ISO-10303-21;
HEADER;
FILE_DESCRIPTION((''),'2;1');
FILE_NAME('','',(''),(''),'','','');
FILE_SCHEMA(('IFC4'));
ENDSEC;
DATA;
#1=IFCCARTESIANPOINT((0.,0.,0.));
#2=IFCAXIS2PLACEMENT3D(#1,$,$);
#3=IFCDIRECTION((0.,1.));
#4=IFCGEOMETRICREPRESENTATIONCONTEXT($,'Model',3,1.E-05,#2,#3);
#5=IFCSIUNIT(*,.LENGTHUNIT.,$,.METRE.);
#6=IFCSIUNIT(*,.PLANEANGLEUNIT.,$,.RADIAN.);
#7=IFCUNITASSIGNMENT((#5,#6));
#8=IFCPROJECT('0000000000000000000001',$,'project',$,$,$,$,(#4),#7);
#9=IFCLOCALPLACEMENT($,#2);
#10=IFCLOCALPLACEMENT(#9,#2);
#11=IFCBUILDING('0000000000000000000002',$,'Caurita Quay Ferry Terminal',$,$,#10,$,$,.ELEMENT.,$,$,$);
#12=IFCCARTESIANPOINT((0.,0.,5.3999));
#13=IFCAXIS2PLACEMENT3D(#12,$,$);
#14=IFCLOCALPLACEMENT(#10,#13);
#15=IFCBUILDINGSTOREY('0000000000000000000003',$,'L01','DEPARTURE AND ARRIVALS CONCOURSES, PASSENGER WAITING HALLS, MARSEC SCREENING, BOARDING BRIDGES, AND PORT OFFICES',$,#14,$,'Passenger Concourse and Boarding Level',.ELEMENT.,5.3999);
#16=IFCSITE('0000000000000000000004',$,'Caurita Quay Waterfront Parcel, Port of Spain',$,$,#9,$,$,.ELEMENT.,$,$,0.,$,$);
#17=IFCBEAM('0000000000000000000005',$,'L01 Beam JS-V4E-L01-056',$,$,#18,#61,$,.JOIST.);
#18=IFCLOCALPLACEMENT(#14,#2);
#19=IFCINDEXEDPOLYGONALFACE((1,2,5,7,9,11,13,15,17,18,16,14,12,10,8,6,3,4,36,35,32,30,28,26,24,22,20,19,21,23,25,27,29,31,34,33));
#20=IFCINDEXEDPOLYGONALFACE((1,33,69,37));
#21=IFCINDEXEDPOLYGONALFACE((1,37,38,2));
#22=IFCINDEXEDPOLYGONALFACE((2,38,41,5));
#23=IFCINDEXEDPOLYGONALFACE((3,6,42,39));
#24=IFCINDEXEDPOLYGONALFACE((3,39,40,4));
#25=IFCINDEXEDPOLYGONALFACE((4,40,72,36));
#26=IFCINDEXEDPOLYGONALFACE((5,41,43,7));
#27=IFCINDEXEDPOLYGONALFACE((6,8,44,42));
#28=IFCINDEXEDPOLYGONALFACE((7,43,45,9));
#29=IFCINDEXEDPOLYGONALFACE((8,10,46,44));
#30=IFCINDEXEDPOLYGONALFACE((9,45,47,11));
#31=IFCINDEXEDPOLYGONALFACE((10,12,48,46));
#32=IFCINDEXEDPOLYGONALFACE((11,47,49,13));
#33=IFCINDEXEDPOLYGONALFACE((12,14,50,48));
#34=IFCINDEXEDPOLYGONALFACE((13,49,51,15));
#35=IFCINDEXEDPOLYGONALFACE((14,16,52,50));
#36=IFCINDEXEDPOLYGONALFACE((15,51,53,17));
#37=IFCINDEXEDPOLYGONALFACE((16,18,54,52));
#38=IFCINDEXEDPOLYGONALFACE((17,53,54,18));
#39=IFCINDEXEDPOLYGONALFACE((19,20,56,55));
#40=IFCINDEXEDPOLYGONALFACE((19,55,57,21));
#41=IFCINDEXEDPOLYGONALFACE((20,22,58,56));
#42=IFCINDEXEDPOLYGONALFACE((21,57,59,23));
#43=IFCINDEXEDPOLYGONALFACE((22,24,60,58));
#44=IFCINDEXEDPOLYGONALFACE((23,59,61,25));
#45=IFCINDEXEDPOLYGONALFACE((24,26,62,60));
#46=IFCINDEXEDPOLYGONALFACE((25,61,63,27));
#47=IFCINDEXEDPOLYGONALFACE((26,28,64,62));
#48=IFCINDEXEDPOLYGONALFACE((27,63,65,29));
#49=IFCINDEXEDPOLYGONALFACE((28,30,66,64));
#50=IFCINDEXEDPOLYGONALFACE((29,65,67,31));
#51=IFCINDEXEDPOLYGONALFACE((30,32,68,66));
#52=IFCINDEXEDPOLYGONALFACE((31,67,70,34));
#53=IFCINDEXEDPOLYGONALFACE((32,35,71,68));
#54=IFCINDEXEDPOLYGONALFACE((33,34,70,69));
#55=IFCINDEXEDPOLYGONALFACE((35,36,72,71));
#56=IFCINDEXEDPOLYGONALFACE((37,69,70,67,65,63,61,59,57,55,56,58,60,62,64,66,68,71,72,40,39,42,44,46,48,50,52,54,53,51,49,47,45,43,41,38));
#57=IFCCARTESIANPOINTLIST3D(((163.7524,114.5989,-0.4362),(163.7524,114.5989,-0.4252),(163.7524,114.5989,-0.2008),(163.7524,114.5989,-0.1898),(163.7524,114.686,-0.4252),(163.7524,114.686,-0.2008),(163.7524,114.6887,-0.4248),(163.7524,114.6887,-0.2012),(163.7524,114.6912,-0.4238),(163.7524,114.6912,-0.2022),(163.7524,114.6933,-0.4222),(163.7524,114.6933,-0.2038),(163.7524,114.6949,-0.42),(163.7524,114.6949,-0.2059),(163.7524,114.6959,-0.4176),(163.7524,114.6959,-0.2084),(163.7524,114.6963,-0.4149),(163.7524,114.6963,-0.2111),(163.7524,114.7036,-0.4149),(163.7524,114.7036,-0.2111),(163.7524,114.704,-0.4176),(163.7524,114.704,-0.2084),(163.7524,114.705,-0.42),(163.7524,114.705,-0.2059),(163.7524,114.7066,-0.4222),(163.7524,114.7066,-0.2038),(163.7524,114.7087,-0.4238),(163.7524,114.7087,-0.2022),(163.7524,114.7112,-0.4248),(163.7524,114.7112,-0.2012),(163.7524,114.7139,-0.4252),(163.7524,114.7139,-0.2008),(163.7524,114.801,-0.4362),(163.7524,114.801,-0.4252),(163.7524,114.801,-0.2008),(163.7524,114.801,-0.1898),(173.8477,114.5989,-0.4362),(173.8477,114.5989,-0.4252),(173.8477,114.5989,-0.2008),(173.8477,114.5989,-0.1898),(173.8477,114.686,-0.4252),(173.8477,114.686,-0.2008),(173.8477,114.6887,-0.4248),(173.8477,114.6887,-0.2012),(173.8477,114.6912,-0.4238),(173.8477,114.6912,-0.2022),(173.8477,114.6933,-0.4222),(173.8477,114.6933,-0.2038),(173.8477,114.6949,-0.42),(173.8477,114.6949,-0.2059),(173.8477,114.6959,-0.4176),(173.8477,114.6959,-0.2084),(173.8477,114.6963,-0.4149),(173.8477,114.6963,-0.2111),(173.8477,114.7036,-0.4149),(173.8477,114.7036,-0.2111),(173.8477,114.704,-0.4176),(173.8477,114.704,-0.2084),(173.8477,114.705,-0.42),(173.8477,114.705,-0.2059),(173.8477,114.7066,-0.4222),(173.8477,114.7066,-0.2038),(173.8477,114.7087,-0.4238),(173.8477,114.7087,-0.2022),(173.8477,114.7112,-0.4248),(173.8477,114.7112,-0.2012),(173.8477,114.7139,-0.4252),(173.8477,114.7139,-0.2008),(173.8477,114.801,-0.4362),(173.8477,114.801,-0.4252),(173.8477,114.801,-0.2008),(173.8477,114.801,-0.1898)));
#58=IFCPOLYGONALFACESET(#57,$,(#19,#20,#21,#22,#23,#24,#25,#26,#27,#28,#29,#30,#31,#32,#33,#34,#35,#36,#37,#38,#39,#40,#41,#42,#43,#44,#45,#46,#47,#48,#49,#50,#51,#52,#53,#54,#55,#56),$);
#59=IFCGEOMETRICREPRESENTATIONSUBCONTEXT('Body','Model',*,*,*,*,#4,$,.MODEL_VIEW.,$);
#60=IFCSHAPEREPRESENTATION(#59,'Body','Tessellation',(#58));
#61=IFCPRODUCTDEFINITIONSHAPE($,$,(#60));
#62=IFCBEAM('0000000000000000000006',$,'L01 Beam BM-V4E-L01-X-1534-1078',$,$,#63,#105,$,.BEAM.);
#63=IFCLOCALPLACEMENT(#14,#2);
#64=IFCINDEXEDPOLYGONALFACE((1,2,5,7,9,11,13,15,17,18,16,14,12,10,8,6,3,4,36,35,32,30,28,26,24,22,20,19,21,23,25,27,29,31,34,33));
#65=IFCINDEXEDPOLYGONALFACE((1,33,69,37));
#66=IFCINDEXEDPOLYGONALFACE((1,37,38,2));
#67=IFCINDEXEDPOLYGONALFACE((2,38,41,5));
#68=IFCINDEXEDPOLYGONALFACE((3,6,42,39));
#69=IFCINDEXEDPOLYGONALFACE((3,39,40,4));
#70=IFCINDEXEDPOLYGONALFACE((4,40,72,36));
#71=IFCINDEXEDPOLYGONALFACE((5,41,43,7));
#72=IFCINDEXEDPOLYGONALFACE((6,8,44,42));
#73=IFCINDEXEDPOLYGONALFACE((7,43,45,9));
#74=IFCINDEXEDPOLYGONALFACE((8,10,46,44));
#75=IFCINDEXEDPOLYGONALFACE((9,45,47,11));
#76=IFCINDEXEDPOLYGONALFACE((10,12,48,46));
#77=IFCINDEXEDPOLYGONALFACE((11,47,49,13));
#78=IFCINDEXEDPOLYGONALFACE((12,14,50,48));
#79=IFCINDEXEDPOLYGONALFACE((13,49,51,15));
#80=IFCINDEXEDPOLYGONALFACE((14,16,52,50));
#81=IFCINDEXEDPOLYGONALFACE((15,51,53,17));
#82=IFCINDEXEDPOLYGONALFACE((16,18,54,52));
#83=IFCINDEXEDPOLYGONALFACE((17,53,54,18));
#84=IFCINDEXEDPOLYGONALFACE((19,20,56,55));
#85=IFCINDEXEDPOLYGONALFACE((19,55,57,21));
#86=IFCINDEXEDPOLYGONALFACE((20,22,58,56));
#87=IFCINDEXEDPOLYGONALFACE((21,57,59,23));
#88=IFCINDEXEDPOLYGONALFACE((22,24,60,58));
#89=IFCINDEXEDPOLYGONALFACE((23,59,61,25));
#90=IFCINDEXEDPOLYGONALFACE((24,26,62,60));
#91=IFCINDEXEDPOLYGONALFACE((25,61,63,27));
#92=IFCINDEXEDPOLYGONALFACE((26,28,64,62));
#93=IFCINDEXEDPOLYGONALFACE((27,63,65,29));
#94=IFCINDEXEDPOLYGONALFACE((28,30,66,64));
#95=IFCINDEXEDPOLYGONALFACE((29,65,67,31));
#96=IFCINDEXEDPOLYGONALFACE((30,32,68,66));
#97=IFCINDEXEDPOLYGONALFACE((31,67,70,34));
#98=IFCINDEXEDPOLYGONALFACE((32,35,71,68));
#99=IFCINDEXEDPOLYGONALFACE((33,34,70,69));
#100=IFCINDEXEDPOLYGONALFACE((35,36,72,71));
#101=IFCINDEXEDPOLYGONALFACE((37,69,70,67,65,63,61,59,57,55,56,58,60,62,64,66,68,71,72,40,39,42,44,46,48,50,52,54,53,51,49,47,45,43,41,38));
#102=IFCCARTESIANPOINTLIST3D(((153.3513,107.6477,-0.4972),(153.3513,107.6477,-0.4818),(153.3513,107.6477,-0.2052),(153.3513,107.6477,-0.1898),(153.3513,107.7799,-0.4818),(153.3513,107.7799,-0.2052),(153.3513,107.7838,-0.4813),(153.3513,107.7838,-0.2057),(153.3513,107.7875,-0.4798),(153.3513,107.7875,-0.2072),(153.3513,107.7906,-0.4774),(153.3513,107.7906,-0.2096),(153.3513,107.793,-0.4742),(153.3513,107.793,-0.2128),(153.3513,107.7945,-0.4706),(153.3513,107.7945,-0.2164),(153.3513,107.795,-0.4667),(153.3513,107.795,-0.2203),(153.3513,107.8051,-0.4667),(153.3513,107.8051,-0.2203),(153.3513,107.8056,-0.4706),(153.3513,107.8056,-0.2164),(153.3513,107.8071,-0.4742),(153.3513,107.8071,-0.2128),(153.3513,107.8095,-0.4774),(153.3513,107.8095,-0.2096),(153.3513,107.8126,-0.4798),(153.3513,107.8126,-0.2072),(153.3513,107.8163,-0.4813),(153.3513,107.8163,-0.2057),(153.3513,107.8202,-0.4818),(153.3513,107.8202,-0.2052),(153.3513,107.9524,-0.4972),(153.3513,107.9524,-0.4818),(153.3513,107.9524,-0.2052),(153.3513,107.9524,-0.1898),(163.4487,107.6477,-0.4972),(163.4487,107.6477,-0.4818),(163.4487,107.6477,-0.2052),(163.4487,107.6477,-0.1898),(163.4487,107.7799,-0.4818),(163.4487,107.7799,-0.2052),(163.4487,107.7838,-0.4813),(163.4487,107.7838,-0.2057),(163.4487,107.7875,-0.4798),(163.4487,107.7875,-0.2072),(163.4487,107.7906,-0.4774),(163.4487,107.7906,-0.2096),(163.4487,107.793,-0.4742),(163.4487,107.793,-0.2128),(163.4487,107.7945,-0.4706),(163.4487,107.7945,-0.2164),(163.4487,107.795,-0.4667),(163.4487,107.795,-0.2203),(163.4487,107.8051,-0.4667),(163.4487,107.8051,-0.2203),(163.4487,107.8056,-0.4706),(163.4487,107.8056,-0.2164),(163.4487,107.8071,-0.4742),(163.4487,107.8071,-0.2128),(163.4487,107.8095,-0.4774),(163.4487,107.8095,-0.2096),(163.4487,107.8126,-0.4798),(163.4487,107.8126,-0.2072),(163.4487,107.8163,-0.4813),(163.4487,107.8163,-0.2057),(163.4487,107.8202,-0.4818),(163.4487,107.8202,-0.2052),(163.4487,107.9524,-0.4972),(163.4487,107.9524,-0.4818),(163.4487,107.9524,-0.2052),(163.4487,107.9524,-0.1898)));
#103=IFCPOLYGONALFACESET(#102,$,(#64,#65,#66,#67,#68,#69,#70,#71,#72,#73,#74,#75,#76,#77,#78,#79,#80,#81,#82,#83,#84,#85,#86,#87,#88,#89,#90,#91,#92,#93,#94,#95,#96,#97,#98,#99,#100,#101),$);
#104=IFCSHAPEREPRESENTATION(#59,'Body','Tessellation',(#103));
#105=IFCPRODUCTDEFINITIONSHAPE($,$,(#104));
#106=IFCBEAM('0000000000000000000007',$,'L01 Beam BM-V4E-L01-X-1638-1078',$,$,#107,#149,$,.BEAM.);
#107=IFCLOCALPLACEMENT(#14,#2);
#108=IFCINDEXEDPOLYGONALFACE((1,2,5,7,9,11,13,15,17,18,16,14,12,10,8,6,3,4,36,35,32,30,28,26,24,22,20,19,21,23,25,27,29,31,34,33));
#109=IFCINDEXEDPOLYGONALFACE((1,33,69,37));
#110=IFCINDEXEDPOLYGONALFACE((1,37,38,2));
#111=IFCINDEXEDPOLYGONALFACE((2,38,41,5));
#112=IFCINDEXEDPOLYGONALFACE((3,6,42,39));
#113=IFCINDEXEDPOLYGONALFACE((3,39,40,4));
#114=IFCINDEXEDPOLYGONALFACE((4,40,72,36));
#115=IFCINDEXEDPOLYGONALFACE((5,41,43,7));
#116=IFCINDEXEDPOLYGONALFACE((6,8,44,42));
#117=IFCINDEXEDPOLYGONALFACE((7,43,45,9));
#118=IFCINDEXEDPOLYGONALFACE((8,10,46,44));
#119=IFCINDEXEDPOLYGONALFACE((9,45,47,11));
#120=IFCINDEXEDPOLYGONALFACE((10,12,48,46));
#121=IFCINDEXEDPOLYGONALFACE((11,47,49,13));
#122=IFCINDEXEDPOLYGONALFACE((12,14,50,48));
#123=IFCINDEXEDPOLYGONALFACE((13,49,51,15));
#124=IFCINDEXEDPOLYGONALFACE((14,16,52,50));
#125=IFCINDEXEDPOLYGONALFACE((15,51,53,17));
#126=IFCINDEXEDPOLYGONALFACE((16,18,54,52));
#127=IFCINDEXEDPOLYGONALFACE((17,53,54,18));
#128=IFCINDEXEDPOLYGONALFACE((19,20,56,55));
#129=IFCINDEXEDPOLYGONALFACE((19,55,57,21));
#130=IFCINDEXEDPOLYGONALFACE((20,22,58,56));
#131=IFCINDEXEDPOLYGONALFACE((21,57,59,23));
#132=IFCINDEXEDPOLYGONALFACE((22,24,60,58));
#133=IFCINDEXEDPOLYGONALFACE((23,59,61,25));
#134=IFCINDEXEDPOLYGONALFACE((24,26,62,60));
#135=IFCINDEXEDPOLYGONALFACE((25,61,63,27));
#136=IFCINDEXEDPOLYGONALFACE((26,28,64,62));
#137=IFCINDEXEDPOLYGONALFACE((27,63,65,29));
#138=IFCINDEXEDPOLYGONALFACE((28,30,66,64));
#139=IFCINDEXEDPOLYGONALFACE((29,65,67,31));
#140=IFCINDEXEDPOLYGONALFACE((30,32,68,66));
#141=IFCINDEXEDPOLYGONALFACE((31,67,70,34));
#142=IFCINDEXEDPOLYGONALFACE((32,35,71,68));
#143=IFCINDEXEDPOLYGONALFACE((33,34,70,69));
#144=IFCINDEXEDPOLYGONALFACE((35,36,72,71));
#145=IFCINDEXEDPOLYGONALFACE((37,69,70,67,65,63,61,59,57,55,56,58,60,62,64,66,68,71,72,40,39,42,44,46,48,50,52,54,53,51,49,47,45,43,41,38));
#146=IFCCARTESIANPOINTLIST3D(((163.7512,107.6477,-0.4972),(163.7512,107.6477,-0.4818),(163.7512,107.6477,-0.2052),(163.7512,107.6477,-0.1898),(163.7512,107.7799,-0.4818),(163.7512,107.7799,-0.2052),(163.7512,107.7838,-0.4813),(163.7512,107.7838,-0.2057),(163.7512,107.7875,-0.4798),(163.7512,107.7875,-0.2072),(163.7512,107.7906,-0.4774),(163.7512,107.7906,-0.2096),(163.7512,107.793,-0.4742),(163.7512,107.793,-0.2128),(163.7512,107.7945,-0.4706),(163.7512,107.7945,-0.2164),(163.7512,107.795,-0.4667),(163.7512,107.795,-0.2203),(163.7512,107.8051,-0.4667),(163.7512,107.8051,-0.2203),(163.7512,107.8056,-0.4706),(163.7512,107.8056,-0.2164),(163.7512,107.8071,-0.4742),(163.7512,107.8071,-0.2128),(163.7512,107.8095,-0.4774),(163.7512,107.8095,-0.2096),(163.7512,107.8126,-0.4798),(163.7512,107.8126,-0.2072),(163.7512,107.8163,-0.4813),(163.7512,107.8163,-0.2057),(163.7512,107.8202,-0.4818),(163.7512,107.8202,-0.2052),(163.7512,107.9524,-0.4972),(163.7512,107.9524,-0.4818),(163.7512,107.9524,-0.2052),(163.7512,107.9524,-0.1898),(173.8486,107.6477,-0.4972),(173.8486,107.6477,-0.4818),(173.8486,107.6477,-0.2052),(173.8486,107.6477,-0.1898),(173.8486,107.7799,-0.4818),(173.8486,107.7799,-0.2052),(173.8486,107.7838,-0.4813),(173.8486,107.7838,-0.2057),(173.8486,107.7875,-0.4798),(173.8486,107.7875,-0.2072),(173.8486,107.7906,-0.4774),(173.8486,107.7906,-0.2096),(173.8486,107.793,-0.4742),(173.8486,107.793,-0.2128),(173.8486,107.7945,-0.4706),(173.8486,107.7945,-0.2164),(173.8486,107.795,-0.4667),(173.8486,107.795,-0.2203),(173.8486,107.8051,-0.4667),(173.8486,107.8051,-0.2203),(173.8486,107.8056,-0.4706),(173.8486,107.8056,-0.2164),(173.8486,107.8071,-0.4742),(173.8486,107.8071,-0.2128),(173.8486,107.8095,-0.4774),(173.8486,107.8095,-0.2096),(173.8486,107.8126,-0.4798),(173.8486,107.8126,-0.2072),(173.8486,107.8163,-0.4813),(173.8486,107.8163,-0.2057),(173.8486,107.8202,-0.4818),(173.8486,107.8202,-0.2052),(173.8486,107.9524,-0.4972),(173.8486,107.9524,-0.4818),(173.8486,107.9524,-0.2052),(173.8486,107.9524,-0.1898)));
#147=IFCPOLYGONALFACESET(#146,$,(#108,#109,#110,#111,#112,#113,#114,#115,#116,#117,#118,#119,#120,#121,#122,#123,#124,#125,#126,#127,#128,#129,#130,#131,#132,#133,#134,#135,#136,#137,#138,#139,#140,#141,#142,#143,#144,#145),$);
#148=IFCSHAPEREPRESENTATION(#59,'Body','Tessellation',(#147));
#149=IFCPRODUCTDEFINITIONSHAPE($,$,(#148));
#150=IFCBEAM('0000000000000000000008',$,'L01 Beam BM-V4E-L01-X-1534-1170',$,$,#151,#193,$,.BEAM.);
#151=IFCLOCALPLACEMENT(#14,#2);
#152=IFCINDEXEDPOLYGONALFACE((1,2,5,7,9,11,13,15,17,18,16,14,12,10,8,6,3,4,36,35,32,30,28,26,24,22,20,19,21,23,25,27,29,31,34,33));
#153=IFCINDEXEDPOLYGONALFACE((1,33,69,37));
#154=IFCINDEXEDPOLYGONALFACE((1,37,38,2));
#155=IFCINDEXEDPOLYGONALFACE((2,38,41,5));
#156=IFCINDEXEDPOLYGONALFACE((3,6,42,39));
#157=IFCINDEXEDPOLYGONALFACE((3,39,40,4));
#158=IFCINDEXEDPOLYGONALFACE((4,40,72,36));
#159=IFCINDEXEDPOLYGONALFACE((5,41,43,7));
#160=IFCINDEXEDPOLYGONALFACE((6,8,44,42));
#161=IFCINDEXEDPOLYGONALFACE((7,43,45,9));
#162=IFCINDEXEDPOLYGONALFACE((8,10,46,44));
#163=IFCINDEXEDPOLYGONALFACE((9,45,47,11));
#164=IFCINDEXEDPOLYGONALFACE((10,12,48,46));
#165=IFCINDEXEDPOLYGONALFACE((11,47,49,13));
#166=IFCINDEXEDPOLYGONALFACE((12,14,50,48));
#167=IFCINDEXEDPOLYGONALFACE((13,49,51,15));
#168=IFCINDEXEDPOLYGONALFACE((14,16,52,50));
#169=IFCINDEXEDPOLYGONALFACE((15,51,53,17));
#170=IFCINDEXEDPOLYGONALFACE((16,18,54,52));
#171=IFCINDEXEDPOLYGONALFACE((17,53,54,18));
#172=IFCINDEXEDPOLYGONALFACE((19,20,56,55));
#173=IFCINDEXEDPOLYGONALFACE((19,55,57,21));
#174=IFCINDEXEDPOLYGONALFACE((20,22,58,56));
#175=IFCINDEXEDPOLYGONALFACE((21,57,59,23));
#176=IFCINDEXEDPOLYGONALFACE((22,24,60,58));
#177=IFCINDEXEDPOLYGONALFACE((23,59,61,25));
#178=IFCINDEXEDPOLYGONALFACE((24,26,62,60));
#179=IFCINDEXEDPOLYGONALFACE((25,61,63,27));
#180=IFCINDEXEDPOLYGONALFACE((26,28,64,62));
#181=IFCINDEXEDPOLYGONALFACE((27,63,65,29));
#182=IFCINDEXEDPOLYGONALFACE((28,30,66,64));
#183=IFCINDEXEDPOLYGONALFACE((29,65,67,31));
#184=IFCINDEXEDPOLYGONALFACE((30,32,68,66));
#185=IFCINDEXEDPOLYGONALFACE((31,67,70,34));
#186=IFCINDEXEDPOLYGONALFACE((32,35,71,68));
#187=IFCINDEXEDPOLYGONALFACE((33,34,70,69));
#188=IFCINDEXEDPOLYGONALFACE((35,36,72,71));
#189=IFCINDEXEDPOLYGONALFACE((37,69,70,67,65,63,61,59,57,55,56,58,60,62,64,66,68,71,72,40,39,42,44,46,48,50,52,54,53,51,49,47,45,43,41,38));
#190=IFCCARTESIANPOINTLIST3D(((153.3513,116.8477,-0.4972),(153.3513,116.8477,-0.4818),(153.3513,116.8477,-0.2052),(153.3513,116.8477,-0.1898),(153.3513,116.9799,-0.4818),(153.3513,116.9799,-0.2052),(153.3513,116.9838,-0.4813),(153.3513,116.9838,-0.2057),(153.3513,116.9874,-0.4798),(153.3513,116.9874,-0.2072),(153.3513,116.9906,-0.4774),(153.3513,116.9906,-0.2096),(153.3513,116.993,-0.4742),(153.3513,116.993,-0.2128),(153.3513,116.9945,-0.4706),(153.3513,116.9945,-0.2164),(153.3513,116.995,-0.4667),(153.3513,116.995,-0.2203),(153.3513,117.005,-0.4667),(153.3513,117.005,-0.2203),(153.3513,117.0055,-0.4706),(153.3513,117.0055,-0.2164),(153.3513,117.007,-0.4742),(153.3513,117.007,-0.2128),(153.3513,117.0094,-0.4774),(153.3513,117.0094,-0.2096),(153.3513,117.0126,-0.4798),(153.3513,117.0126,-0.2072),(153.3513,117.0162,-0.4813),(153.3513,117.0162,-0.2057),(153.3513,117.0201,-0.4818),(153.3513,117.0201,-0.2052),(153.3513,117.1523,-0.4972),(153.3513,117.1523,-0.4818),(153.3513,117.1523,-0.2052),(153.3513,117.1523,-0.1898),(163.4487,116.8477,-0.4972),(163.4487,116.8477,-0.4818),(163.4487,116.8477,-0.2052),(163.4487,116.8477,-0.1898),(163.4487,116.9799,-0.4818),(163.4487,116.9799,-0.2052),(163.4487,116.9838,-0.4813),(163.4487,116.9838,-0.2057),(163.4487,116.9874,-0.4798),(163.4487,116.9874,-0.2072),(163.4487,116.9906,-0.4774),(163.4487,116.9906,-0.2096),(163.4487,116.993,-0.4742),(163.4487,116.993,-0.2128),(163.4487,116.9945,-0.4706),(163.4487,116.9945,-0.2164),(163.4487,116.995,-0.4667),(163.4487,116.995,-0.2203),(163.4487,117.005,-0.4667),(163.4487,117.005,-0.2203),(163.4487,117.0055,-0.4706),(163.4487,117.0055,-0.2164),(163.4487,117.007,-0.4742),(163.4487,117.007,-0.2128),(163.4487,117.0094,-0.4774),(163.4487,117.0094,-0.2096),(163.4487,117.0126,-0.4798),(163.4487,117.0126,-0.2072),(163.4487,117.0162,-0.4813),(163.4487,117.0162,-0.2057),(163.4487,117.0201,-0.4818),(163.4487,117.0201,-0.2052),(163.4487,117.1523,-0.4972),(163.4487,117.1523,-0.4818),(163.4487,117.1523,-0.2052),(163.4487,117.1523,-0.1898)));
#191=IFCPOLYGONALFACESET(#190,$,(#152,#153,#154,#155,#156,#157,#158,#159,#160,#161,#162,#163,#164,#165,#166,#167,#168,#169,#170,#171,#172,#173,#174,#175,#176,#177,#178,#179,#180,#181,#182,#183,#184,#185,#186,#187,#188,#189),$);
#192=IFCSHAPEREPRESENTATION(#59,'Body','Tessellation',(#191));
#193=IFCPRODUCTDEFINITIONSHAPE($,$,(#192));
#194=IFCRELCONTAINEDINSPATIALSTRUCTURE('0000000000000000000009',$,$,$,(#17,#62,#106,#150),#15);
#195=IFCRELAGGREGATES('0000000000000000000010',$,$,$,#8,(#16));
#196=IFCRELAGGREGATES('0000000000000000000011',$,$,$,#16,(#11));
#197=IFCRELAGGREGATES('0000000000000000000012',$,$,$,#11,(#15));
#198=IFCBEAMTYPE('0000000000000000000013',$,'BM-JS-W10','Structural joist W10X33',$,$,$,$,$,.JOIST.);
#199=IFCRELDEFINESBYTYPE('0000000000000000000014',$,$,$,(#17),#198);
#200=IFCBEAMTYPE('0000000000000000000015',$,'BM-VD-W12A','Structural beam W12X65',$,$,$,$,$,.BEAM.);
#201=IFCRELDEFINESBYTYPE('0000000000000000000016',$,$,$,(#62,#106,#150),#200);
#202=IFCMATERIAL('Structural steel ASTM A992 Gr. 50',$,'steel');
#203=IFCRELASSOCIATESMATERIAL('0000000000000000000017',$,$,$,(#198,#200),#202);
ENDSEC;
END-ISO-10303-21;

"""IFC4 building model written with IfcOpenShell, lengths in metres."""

from ifc_helpers import new_model, si_unit, direction, frame, origin, origin_2d, place, context, subcontext, project, spatial, i_section, extrude, material, material_profile, profile_set, type_object, element, save


model = new_model("IFC4")

# Units and contexts
model_context = context("Model", 3, precision=1e-05, world=origin(), true_north=direction((0.0, 1.0)))
body_context = subcontext(model_context, "Body", "Model", "MODEL_VIEW")
ifc_project = project(units=[si_unit("LENGTHUNIT", "METRE"), si_unit("PLANEANGLEUNIT", "RADIAN")], contexts=[model_context])

# Site, building, storey
site_placement = place(None, origin())
site = spatial("IfcSite", under=ifc_project, at=site_placement, Name="Caurita Quay Waterfront Parcel, Port of Spain", CompositionType="ELEMENT", RefElevation=0.0)
building_placement = place(site_placement, origin())
building = spatial("IfcBuilding", under=site, at=building_placement, Name="Caurita Quay Ferry Terminal", CompositionType="ELEMENT")
storey_placement = place(building_placement, frame((0.0, 0.0, 5.3999)))
storey = spatial("IfcBuildingStorey", under=building, at=storey_placement, Name="L01", Description="DEPARTURE AND ARRIVALS CONCOURSES, PASSENGER WAITING HALLS, MARSEC SCREENING, BOARDING BRIDGES, AND PORT OFFICES", LongName="Passenger Concourse and Boarding Level", CompositionType="ELEMENT", Elevation=5.3999)

# Beams
ifc_material_1 = material(Name="Structural steel ASTM A992 Gr. 50", Category="steel")
ifc_material_profile_1 = material_profile(ifc_material_1, i_section(OverallWidth=0.2021, OverallDepth=0.2463, WebThickness=0.0073, FlangeThickness=0.011, FilletRadius=0.0103, at=origin_2d()), Name="W10X33")
ifc_profile_set_1 = profile_set([ifc_material_profile_1], Name="Structural steel ASTM A992 Gr. 50")
beam_type_1 = type_object("IfcBeamType", Name="BM-JS-W10", Description="Structural joist W10X33", PredefinedType="JOIST", material=ifc_profile_set_1)
for number, where, z_axis, x_axis, name in (
    (1, (163.7524, 114.7, -0.313), (1.0, 0.0, 0.0), (0.0, 1.0, 0.0), "L01 Beam JS-V4E-L01-056"),
):
    element("IfcBeam", number, at=place(storey_placement, frame(where, z_axis=z_axis, x_axis=x_axis)), inside=storey, type_object=beam_type_1, Name=name, PredefinedType="JOIST", context=body_context, shape_type="SweptSolid", body=[
        extrude(i_section(OverallWidth=0.2021, OverallDepth=0.2463, WebThickness=0.0073, FlangeThickness=0.011, FilletRadius=0.0103, at=origin_2d()), origin(), (0.0, 0.0, 1.0), 10.0952),
    ])
ifc_material_profile_2 = material_profile(ifc_material_1, i_section(OverallWidth=0.3047, OverallDepth=0.3074, WebThickness=0.01, FlangeThickness=0.0154, FilletRadius=0.0151, at=origin_2d()), Name="W12X65")
ifc_profile_set_2 = profile_set([ifc_material_profile_2], Name="Structural steel ASTM A992 Gr. 50")
beam_type_2 = type_object("IfcBeamType", Name="BM-VD-W12A", Description="Structural beam W12X65", PredefinedType="BEAM", material=ifc_profile_set_2)
for number, where, z_axis, x_axis, name in (
    (2, (153.3513, 107.8, -0.3435), (1.0, 0.0, 0.0), (0.0, 1.0, 0.0), "L01 Beam BM-V4E-L01-X-1534-1078"),
    (3, (163.7512, 107.8, -0.3435), (1.0, 0.0, 0.0), (0.0, 1.0, 0.0), "L01 Beam BM-V4E-L01-X-1638-1078"),
    (4, (153.3513, 117.0, -0.3435), (1.0, 0.0, 0.0), (0.0, 1.0, 0.0), "L01 Beam BM-V4E-L01-X-1534-1170"),
):
    element("IfcBeam", number, at=place(storey_placement, frame(where, z_axis=z_axis, x_axis=x_axis)), inside=storey, type_object=beam_type_2, Name=name, PredefinedType="BEAM", context=body_context, shape_type="SweptSolid", body=[
        extrude(i_section(OverallWidth=0.3047, OverallDepth=0.3074, WebThickness=0.01, FlangeThickness=0.0154, FilletRadius=0.0151, at=origin_2d()), origin(), (0.0, 0.0, 1.0), 10.0974),
    ])

save(model, "model.ifc")
